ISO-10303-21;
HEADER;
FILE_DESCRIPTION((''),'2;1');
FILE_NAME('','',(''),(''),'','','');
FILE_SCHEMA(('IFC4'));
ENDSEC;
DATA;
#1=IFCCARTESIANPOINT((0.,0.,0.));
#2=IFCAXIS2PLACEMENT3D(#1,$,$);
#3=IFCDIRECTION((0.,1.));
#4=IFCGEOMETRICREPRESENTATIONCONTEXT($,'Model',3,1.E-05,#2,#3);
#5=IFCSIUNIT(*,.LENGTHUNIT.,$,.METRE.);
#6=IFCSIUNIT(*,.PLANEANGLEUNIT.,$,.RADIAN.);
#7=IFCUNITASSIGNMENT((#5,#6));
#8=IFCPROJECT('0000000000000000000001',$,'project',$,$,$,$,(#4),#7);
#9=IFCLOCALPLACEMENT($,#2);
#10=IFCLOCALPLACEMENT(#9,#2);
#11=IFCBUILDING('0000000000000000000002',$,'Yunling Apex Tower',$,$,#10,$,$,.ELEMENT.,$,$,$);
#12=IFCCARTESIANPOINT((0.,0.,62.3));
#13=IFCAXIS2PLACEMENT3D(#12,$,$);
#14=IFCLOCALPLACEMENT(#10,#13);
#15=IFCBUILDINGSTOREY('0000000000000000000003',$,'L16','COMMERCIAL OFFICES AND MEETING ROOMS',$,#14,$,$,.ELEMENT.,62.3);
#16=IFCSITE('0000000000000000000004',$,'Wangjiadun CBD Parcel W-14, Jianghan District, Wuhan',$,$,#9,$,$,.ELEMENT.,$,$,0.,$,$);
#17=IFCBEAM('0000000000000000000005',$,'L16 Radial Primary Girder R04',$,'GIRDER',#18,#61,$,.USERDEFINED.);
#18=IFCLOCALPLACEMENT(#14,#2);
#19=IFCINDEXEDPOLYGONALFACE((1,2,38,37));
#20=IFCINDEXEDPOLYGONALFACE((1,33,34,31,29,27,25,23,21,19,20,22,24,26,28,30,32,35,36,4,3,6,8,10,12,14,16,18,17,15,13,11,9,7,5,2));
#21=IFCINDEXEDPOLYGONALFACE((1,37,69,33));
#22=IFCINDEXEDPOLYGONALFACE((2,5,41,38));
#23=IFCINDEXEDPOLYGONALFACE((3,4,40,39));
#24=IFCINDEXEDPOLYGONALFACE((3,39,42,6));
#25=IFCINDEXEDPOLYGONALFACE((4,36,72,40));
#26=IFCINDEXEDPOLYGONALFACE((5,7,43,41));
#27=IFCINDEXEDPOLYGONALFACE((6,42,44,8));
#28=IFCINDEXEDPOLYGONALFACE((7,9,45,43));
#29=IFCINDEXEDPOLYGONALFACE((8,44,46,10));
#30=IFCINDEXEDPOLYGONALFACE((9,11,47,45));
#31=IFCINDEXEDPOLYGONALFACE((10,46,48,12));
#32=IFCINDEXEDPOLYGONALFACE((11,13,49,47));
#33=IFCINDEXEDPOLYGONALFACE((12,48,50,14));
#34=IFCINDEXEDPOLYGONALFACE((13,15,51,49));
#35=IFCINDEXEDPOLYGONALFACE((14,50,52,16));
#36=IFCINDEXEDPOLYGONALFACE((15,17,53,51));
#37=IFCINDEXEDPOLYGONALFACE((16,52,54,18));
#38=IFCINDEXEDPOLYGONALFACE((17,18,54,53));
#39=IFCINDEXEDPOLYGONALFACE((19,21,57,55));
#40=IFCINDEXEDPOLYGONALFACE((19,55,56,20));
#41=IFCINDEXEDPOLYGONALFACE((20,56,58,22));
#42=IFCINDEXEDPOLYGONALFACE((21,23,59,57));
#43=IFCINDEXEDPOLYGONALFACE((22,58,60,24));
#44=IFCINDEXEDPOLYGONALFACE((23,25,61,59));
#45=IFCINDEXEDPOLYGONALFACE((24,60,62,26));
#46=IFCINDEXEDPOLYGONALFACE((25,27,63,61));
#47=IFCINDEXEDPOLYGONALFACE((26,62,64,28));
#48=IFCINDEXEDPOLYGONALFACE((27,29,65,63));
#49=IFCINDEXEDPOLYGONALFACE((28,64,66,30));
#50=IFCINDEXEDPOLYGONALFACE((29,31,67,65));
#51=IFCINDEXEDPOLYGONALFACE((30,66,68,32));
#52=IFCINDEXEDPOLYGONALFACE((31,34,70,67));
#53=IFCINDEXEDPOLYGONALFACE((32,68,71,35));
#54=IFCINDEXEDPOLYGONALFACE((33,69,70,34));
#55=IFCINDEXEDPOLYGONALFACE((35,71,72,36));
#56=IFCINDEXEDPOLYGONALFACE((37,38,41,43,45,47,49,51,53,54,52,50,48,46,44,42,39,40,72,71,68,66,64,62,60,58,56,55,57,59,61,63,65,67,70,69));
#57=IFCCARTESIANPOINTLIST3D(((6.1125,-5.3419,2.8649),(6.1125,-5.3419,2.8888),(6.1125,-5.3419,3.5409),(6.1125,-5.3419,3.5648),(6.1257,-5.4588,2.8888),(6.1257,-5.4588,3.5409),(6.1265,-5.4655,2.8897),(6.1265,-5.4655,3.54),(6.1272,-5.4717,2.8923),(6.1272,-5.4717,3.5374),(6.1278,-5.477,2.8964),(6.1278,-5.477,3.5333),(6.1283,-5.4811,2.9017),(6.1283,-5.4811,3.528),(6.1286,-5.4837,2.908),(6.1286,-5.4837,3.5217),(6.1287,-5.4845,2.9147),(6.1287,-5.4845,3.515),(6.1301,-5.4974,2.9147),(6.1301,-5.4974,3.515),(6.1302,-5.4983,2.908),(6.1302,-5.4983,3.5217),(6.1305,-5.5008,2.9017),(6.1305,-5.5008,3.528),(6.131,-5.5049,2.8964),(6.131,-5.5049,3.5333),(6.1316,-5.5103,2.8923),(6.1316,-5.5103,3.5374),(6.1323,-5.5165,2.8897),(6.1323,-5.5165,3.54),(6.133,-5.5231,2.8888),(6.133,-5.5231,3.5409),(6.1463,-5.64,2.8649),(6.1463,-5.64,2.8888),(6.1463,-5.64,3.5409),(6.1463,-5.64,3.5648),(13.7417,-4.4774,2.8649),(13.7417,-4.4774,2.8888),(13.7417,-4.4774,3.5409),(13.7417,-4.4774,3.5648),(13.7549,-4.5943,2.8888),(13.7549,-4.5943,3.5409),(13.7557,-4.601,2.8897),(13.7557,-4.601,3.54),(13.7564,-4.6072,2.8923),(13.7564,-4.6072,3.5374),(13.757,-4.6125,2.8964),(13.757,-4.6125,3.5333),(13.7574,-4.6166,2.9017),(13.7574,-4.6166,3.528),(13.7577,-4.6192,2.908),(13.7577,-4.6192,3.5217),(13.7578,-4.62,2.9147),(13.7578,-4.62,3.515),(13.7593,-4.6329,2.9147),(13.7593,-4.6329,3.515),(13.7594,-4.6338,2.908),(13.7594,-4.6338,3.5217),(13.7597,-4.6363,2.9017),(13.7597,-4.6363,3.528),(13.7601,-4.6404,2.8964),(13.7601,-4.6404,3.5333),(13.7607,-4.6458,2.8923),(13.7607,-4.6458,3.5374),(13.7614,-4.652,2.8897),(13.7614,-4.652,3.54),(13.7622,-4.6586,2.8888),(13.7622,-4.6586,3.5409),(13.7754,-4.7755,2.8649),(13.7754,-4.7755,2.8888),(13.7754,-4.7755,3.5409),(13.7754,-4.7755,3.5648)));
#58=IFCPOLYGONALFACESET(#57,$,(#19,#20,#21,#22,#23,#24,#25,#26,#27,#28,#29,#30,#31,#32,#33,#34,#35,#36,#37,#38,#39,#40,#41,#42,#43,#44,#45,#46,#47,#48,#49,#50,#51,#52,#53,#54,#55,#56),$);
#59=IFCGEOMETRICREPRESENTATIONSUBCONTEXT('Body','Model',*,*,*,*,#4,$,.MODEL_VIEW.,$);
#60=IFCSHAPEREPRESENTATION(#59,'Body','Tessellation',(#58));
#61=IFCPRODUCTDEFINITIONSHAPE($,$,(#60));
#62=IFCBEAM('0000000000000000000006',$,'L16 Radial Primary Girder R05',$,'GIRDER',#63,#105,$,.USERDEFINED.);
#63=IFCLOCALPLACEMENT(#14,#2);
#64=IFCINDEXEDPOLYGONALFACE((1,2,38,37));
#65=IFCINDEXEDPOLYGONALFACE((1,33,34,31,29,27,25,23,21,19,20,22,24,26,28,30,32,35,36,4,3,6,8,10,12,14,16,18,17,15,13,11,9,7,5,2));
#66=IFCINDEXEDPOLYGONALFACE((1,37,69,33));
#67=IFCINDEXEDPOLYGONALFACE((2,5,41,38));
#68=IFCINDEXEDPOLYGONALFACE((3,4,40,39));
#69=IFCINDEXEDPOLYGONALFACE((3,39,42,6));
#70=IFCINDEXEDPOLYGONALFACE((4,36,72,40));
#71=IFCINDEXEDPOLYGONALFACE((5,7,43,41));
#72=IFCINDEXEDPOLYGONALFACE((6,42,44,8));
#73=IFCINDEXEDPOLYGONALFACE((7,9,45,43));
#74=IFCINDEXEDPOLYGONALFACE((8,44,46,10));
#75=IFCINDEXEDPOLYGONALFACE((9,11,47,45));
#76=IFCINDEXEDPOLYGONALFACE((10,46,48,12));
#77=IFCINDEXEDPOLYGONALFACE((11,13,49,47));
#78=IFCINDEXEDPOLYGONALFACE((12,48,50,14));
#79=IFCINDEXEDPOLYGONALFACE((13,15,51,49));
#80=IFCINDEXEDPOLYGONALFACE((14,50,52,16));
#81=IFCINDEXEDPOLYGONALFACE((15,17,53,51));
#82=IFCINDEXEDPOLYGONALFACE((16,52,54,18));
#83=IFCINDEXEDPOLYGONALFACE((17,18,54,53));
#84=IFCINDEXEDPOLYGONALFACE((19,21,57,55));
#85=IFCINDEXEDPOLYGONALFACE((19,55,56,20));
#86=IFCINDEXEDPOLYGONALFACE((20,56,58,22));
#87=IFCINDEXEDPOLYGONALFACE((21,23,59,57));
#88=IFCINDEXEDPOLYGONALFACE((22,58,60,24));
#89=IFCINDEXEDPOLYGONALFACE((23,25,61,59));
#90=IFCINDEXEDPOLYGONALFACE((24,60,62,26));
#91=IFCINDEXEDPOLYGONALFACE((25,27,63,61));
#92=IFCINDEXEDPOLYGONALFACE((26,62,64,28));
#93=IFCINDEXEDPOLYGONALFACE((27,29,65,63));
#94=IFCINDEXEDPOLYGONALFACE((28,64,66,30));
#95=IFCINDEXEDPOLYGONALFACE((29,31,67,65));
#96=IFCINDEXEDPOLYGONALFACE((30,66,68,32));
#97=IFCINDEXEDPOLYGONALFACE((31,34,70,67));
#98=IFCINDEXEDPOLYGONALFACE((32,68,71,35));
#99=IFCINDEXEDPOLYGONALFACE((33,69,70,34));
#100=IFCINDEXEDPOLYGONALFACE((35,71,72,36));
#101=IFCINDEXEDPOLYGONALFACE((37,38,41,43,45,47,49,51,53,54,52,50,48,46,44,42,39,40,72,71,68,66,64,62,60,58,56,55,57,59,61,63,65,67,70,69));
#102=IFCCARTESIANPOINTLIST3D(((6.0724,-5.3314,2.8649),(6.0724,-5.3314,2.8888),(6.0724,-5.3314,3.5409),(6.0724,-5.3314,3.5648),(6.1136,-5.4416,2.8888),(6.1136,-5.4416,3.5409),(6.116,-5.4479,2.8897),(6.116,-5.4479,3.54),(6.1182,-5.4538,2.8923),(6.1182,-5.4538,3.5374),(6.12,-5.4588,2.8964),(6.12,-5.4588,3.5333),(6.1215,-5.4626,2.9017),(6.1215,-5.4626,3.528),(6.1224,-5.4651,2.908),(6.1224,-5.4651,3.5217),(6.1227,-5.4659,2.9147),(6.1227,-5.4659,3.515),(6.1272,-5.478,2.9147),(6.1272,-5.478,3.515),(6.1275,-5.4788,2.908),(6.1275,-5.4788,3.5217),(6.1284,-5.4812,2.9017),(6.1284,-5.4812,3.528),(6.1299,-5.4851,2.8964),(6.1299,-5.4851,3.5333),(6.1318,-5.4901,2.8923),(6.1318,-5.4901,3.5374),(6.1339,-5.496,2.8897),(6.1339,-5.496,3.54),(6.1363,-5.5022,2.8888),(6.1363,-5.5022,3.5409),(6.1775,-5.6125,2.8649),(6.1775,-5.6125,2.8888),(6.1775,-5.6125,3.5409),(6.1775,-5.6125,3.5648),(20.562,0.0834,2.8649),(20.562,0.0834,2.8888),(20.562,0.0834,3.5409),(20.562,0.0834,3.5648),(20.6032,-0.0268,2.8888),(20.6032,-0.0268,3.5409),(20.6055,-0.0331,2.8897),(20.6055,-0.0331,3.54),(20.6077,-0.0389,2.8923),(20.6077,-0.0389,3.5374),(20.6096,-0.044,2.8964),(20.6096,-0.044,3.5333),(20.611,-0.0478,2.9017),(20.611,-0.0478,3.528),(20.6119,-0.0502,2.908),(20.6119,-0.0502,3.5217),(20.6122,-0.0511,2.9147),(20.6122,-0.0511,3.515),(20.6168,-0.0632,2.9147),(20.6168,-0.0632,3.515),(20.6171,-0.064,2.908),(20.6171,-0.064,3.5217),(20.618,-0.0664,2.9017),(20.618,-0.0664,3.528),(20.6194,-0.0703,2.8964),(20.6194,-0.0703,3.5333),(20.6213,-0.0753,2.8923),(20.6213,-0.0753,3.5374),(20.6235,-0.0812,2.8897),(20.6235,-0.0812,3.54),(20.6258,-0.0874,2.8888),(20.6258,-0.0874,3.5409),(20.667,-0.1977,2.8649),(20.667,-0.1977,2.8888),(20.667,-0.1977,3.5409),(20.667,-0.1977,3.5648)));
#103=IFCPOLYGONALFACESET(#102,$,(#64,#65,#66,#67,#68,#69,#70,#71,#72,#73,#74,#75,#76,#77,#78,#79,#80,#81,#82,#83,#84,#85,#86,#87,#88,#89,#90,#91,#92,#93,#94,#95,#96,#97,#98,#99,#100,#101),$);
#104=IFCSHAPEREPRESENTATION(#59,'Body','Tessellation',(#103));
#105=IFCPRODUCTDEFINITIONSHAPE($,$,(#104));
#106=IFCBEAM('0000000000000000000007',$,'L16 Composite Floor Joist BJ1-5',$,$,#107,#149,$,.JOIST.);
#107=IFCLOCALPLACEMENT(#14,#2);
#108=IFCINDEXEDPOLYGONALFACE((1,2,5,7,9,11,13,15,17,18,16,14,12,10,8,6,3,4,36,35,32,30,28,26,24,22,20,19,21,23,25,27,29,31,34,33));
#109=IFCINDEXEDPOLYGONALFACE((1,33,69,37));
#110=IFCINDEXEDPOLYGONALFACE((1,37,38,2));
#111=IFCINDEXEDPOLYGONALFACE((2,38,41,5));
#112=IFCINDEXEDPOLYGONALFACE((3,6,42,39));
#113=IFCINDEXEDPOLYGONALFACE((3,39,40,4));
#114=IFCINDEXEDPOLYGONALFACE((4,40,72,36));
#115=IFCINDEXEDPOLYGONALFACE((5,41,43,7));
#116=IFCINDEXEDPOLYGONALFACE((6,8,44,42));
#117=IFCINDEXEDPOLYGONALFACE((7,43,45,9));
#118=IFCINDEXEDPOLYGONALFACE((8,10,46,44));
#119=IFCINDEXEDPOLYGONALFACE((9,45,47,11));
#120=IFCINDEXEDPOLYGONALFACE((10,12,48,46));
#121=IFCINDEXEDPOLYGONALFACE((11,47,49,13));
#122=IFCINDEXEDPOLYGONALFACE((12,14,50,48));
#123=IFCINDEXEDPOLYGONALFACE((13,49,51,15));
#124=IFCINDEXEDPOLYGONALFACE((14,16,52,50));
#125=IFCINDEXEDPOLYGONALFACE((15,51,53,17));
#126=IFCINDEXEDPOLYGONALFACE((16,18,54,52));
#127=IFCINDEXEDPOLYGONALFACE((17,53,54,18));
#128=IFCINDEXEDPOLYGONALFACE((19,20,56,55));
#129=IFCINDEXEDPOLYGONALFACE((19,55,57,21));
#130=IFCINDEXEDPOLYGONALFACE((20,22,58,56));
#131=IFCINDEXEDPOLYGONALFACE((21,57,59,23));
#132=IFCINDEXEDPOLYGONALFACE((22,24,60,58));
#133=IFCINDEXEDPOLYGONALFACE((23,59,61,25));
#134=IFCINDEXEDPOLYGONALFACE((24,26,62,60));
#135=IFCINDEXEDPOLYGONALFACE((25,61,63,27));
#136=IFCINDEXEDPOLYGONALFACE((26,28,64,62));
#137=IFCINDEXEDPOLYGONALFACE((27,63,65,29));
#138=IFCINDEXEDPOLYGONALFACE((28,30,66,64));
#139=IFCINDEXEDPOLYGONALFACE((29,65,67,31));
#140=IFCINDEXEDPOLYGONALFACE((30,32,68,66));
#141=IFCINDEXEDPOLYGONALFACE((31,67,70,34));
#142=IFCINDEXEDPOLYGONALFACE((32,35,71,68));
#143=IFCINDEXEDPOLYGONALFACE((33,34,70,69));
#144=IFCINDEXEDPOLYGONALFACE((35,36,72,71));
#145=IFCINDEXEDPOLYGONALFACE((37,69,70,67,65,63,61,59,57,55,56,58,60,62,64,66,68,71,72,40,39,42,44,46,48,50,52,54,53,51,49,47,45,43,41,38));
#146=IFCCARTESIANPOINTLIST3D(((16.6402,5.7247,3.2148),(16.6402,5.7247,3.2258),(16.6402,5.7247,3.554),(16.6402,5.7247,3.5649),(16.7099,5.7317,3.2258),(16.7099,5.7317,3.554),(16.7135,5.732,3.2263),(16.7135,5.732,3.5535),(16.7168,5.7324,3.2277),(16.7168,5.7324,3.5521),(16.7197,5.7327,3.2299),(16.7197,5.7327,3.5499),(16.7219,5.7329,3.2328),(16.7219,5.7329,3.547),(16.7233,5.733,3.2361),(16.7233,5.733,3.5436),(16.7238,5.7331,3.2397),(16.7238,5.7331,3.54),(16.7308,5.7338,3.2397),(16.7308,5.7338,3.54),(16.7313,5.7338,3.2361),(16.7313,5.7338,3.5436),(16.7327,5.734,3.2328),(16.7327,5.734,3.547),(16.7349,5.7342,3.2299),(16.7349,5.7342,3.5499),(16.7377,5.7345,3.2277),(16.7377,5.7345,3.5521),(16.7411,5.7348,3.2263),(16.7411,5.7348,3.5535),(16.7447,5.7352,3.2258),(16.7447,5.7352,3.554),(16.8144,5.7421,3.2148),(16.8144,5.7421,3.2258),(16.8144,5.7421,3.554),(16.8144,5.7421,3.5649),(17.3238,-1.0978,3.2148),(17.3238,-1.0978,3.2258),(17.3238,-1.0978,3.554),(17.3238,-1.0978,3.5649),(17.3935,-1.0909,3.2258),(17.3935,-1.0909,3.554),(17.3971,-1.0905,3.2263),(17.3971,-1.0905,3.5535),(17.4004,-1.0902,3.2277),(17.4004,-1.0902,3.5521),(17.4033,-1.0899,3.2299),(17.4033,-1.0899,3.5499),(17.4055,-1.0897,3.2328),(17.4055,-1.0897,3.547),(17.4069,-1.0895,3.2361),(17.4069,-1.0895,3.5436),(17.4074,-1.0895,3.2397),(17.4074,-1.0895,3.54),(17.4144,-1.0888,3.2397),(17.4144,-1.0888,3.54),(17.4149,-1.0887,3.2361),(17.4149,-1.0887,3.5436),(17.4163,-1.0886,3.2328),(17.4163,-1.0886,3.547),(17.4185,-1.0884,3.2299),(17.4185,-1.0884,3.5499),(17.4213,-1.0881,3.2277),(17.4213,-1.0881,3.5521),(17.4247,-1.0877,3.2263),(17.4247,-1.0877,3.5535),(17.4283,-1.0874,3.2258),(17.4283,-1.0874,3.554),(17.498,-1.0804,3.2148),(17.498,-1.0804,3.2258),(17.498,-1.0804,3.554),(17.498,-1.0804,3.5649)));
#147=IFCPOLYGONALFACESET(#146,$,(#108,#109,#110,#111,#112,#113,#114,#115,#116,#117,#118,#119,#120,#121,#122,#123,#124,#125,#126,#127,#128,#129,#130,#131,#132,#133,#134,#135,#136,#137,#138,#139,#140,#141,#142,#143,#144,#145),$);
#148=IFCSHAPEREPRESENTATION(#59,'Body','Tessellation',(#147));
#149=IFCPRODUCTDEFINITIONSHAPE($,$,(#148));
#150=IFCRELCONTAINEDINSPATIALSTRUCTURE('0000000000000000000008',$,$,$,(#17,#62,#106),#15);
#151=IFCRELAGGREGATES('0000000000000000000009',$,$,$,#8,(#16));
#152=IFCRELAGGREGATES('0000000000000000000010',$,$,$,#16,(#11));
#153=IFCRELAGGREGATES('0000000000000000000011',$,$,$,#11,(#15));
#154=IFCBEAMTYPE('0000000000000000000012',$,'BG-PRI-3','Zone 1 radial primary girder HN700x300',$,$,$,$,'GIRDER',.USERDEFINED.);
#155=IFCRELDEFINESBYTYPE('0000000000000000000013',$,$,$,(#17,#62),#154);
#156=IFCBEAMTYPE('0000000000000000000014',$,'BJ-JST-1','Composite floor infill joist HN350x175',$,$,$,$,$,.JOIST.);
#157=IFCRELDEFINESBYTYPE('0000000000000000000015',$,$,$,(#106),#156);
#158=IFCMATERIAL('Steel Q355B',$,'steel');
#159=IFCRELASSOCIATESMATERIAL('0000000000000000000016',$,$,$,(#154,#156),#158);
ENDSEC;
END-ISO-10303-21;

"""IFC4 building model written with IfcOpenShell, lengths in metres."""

from ifc_helpers import new_model, si_unit, direction, frame, origin, origin_2d, place, context, subcontext, project, spatial, i_section, extrude, source, transform, mapped, material, material_profile, profile_set, type_object, element, save


model = new_model("IFC4")

# Units and contexts
model_context = context("Model", 3, precision=1e-05, world=origin(), true_north=direction((0.0, 1.0)))
body_context = subcontext(model_context, "Body", "Model", "MODEL_VIEW")
ifc_project = project(units=[si_unit("LENGTHUNIT", "METRE"), si_unit("PLANEANGLEUNIT", "RADIAN")], contexts=[model_context])

# Site, building, storey
site_placement = place(None, origin())
site = spatial("IfcSite", under=ifc_project, at=site_placement, Name="Wangjiadun CBD Parcel W-14, Jianghan District, Wuhan", CompositionType="ELEMENT", RefElevation=0.0)
building_placement = place(site_placement, origin())
building = spatial("IfcBuilding", under=site, at=building_placement, Name="Yunling Apex Tower", CompositionType="ELEMENT")
storey_placement = place(building_placement, frame((0.0, 0.0, 62.3)))
storey = spatial("IfcBuildingStorey", under=building, at=storey_placement, Name="L16", Description="COMMERCIAL OFFICES AND MEETING ROOMS", CompositionType="ELEMENT", Elevation=62.3)

# Beams
ifc_material_1 = material(Name="Steel Q355B", Category="steel")
ifc_material_profile_1 = material_profile(ifc_material_1, i_section(OverallWidth=0.3, OverallDepth=0.7, WebThickness=0.0129, FlangeThickness=0.0239, FilletRadius=0.0259, at=origin_2d()))
ifc_profile_set_1 = profile_set([ifc_material_profile_1], Name="Steel Q355B")
beam_type_1 = type_object("IfcBeamType", Name="BG-PRI-3", Description="Zone 1 radial primary girder HN700x300", ElementType="GIRDER", PredefinedType="USERDEFINED", material=ifc_profile_set_1)
shared_shape_1 = source(origin(), body_context, "Body", "SweptSolid", [
    extrude(i_section(OverallWidth=0.3, OverallDepth=0.7, WebThickness=0.0129, FlangeThickness=0.0239, FilletRadius=0.0259, at=origin_2d()), origin(), (0.0, 0.0, 1.0), 7.678),
])
beam_1_placement = place(storey_placement, frame((13.7585, -4.6265, 3.2148), z_axis=(-0.993641, -0.112595, 0.0), x_axis=(0.112595, -0.993641, 0.0)))
element("IfcBeam", 1, at=beam_1_placement, inside=storey, type_object=beam_type_1, Name="L16 Radial Primary Girder R04", ObjectType="GIRDER", PredefinedType="USERDEFINED", context=body_context, shape_type="MappedRepresentation", body=[
    mapped(shared_shape_1, transform((0.0, 0.0, 0.0), scale=1.0)),
])
shared_shape_2 = source(origin(), body_context, "Body", "SweptSolid", [
    extrude(i_section(OverallWidth=0.3, OverallDepth=0.7, WebThickness=0.0129, FlangeThickness=0.0239, FilletRadius=0.0259, at=origin_2d()), origin(), (0.0, 0.0, 1.0), 15.4683),
])
beam_2_placement = place(storey_placement, frame((20.6145, -0.0571, 3.2148), z_axis=(-0.936727, -0.350059, 0.0), x_axis=(0.350059, -0.936727, 0.0)))
element("IfcBeam", 2, at=beam_2_placement, inside=storey, type_object=beam_type_1, Name="L16 Radial Primary Girder R05", ObjectType="GIRDER", PredefinedType="USERDEFINED", context=body_context, shape_type="MappedRepresentation", body=[
    mapped(shared_shape_2, transform((0.0, 0.0, 0.0), scale=1.0)),
])
ifc_material_profile_2 = material_profile(ifc_material_1, i_section(OverallWidth=0.175, OverallDepth=0.3501, WebThickness=0.0071, FlangeThickness=0.011, FilletRadius=0.0139, at=origin_2d()))
ifc_profile_set_2 = profile_set([ifc_material_profile_2], Name="Steel Q355B")
beam_type_2 = type_object("IfcBeamType", Name="BJ-JST-1", Description="Composite floor infill joist HN350x175", PredefinedType="JOIST", material=ifc_profile_set_2)
shared_shape_3 = source(origin(), body_context, "Body", "SweptSolid", [
    extrude(i_section(OverallWidth=0.175, OverallDepth=0.3501, WebThickness=0.0071, FlangeThickness=0.011, FilletRadius=0.0139, at=origin_2d()), origin(), (0.0, 0.0, 1.0), 6.8567),
])
beam_3_placement = place(storey_placement, frame((17.4109, -1.0891, 3.3899), z_axis=(-0.099698, 0.995018, 0.0), x_axis=(-0.995018, -0.099698, 0.0)))
element("IfcBeam", 3, at=beam_3_placement, inside=storey, type_object=beam_type_2, Name="L16 Composite Floor Joist BJ1-5", PredefinedType="JOIST", context=body_context, shape_type="MappedRepresentation", body=[
    mapped(shared_shape_3, transform((0.0, 0.0, 0.0), scale=1.0)),
])

save(model, "model.ifc")
